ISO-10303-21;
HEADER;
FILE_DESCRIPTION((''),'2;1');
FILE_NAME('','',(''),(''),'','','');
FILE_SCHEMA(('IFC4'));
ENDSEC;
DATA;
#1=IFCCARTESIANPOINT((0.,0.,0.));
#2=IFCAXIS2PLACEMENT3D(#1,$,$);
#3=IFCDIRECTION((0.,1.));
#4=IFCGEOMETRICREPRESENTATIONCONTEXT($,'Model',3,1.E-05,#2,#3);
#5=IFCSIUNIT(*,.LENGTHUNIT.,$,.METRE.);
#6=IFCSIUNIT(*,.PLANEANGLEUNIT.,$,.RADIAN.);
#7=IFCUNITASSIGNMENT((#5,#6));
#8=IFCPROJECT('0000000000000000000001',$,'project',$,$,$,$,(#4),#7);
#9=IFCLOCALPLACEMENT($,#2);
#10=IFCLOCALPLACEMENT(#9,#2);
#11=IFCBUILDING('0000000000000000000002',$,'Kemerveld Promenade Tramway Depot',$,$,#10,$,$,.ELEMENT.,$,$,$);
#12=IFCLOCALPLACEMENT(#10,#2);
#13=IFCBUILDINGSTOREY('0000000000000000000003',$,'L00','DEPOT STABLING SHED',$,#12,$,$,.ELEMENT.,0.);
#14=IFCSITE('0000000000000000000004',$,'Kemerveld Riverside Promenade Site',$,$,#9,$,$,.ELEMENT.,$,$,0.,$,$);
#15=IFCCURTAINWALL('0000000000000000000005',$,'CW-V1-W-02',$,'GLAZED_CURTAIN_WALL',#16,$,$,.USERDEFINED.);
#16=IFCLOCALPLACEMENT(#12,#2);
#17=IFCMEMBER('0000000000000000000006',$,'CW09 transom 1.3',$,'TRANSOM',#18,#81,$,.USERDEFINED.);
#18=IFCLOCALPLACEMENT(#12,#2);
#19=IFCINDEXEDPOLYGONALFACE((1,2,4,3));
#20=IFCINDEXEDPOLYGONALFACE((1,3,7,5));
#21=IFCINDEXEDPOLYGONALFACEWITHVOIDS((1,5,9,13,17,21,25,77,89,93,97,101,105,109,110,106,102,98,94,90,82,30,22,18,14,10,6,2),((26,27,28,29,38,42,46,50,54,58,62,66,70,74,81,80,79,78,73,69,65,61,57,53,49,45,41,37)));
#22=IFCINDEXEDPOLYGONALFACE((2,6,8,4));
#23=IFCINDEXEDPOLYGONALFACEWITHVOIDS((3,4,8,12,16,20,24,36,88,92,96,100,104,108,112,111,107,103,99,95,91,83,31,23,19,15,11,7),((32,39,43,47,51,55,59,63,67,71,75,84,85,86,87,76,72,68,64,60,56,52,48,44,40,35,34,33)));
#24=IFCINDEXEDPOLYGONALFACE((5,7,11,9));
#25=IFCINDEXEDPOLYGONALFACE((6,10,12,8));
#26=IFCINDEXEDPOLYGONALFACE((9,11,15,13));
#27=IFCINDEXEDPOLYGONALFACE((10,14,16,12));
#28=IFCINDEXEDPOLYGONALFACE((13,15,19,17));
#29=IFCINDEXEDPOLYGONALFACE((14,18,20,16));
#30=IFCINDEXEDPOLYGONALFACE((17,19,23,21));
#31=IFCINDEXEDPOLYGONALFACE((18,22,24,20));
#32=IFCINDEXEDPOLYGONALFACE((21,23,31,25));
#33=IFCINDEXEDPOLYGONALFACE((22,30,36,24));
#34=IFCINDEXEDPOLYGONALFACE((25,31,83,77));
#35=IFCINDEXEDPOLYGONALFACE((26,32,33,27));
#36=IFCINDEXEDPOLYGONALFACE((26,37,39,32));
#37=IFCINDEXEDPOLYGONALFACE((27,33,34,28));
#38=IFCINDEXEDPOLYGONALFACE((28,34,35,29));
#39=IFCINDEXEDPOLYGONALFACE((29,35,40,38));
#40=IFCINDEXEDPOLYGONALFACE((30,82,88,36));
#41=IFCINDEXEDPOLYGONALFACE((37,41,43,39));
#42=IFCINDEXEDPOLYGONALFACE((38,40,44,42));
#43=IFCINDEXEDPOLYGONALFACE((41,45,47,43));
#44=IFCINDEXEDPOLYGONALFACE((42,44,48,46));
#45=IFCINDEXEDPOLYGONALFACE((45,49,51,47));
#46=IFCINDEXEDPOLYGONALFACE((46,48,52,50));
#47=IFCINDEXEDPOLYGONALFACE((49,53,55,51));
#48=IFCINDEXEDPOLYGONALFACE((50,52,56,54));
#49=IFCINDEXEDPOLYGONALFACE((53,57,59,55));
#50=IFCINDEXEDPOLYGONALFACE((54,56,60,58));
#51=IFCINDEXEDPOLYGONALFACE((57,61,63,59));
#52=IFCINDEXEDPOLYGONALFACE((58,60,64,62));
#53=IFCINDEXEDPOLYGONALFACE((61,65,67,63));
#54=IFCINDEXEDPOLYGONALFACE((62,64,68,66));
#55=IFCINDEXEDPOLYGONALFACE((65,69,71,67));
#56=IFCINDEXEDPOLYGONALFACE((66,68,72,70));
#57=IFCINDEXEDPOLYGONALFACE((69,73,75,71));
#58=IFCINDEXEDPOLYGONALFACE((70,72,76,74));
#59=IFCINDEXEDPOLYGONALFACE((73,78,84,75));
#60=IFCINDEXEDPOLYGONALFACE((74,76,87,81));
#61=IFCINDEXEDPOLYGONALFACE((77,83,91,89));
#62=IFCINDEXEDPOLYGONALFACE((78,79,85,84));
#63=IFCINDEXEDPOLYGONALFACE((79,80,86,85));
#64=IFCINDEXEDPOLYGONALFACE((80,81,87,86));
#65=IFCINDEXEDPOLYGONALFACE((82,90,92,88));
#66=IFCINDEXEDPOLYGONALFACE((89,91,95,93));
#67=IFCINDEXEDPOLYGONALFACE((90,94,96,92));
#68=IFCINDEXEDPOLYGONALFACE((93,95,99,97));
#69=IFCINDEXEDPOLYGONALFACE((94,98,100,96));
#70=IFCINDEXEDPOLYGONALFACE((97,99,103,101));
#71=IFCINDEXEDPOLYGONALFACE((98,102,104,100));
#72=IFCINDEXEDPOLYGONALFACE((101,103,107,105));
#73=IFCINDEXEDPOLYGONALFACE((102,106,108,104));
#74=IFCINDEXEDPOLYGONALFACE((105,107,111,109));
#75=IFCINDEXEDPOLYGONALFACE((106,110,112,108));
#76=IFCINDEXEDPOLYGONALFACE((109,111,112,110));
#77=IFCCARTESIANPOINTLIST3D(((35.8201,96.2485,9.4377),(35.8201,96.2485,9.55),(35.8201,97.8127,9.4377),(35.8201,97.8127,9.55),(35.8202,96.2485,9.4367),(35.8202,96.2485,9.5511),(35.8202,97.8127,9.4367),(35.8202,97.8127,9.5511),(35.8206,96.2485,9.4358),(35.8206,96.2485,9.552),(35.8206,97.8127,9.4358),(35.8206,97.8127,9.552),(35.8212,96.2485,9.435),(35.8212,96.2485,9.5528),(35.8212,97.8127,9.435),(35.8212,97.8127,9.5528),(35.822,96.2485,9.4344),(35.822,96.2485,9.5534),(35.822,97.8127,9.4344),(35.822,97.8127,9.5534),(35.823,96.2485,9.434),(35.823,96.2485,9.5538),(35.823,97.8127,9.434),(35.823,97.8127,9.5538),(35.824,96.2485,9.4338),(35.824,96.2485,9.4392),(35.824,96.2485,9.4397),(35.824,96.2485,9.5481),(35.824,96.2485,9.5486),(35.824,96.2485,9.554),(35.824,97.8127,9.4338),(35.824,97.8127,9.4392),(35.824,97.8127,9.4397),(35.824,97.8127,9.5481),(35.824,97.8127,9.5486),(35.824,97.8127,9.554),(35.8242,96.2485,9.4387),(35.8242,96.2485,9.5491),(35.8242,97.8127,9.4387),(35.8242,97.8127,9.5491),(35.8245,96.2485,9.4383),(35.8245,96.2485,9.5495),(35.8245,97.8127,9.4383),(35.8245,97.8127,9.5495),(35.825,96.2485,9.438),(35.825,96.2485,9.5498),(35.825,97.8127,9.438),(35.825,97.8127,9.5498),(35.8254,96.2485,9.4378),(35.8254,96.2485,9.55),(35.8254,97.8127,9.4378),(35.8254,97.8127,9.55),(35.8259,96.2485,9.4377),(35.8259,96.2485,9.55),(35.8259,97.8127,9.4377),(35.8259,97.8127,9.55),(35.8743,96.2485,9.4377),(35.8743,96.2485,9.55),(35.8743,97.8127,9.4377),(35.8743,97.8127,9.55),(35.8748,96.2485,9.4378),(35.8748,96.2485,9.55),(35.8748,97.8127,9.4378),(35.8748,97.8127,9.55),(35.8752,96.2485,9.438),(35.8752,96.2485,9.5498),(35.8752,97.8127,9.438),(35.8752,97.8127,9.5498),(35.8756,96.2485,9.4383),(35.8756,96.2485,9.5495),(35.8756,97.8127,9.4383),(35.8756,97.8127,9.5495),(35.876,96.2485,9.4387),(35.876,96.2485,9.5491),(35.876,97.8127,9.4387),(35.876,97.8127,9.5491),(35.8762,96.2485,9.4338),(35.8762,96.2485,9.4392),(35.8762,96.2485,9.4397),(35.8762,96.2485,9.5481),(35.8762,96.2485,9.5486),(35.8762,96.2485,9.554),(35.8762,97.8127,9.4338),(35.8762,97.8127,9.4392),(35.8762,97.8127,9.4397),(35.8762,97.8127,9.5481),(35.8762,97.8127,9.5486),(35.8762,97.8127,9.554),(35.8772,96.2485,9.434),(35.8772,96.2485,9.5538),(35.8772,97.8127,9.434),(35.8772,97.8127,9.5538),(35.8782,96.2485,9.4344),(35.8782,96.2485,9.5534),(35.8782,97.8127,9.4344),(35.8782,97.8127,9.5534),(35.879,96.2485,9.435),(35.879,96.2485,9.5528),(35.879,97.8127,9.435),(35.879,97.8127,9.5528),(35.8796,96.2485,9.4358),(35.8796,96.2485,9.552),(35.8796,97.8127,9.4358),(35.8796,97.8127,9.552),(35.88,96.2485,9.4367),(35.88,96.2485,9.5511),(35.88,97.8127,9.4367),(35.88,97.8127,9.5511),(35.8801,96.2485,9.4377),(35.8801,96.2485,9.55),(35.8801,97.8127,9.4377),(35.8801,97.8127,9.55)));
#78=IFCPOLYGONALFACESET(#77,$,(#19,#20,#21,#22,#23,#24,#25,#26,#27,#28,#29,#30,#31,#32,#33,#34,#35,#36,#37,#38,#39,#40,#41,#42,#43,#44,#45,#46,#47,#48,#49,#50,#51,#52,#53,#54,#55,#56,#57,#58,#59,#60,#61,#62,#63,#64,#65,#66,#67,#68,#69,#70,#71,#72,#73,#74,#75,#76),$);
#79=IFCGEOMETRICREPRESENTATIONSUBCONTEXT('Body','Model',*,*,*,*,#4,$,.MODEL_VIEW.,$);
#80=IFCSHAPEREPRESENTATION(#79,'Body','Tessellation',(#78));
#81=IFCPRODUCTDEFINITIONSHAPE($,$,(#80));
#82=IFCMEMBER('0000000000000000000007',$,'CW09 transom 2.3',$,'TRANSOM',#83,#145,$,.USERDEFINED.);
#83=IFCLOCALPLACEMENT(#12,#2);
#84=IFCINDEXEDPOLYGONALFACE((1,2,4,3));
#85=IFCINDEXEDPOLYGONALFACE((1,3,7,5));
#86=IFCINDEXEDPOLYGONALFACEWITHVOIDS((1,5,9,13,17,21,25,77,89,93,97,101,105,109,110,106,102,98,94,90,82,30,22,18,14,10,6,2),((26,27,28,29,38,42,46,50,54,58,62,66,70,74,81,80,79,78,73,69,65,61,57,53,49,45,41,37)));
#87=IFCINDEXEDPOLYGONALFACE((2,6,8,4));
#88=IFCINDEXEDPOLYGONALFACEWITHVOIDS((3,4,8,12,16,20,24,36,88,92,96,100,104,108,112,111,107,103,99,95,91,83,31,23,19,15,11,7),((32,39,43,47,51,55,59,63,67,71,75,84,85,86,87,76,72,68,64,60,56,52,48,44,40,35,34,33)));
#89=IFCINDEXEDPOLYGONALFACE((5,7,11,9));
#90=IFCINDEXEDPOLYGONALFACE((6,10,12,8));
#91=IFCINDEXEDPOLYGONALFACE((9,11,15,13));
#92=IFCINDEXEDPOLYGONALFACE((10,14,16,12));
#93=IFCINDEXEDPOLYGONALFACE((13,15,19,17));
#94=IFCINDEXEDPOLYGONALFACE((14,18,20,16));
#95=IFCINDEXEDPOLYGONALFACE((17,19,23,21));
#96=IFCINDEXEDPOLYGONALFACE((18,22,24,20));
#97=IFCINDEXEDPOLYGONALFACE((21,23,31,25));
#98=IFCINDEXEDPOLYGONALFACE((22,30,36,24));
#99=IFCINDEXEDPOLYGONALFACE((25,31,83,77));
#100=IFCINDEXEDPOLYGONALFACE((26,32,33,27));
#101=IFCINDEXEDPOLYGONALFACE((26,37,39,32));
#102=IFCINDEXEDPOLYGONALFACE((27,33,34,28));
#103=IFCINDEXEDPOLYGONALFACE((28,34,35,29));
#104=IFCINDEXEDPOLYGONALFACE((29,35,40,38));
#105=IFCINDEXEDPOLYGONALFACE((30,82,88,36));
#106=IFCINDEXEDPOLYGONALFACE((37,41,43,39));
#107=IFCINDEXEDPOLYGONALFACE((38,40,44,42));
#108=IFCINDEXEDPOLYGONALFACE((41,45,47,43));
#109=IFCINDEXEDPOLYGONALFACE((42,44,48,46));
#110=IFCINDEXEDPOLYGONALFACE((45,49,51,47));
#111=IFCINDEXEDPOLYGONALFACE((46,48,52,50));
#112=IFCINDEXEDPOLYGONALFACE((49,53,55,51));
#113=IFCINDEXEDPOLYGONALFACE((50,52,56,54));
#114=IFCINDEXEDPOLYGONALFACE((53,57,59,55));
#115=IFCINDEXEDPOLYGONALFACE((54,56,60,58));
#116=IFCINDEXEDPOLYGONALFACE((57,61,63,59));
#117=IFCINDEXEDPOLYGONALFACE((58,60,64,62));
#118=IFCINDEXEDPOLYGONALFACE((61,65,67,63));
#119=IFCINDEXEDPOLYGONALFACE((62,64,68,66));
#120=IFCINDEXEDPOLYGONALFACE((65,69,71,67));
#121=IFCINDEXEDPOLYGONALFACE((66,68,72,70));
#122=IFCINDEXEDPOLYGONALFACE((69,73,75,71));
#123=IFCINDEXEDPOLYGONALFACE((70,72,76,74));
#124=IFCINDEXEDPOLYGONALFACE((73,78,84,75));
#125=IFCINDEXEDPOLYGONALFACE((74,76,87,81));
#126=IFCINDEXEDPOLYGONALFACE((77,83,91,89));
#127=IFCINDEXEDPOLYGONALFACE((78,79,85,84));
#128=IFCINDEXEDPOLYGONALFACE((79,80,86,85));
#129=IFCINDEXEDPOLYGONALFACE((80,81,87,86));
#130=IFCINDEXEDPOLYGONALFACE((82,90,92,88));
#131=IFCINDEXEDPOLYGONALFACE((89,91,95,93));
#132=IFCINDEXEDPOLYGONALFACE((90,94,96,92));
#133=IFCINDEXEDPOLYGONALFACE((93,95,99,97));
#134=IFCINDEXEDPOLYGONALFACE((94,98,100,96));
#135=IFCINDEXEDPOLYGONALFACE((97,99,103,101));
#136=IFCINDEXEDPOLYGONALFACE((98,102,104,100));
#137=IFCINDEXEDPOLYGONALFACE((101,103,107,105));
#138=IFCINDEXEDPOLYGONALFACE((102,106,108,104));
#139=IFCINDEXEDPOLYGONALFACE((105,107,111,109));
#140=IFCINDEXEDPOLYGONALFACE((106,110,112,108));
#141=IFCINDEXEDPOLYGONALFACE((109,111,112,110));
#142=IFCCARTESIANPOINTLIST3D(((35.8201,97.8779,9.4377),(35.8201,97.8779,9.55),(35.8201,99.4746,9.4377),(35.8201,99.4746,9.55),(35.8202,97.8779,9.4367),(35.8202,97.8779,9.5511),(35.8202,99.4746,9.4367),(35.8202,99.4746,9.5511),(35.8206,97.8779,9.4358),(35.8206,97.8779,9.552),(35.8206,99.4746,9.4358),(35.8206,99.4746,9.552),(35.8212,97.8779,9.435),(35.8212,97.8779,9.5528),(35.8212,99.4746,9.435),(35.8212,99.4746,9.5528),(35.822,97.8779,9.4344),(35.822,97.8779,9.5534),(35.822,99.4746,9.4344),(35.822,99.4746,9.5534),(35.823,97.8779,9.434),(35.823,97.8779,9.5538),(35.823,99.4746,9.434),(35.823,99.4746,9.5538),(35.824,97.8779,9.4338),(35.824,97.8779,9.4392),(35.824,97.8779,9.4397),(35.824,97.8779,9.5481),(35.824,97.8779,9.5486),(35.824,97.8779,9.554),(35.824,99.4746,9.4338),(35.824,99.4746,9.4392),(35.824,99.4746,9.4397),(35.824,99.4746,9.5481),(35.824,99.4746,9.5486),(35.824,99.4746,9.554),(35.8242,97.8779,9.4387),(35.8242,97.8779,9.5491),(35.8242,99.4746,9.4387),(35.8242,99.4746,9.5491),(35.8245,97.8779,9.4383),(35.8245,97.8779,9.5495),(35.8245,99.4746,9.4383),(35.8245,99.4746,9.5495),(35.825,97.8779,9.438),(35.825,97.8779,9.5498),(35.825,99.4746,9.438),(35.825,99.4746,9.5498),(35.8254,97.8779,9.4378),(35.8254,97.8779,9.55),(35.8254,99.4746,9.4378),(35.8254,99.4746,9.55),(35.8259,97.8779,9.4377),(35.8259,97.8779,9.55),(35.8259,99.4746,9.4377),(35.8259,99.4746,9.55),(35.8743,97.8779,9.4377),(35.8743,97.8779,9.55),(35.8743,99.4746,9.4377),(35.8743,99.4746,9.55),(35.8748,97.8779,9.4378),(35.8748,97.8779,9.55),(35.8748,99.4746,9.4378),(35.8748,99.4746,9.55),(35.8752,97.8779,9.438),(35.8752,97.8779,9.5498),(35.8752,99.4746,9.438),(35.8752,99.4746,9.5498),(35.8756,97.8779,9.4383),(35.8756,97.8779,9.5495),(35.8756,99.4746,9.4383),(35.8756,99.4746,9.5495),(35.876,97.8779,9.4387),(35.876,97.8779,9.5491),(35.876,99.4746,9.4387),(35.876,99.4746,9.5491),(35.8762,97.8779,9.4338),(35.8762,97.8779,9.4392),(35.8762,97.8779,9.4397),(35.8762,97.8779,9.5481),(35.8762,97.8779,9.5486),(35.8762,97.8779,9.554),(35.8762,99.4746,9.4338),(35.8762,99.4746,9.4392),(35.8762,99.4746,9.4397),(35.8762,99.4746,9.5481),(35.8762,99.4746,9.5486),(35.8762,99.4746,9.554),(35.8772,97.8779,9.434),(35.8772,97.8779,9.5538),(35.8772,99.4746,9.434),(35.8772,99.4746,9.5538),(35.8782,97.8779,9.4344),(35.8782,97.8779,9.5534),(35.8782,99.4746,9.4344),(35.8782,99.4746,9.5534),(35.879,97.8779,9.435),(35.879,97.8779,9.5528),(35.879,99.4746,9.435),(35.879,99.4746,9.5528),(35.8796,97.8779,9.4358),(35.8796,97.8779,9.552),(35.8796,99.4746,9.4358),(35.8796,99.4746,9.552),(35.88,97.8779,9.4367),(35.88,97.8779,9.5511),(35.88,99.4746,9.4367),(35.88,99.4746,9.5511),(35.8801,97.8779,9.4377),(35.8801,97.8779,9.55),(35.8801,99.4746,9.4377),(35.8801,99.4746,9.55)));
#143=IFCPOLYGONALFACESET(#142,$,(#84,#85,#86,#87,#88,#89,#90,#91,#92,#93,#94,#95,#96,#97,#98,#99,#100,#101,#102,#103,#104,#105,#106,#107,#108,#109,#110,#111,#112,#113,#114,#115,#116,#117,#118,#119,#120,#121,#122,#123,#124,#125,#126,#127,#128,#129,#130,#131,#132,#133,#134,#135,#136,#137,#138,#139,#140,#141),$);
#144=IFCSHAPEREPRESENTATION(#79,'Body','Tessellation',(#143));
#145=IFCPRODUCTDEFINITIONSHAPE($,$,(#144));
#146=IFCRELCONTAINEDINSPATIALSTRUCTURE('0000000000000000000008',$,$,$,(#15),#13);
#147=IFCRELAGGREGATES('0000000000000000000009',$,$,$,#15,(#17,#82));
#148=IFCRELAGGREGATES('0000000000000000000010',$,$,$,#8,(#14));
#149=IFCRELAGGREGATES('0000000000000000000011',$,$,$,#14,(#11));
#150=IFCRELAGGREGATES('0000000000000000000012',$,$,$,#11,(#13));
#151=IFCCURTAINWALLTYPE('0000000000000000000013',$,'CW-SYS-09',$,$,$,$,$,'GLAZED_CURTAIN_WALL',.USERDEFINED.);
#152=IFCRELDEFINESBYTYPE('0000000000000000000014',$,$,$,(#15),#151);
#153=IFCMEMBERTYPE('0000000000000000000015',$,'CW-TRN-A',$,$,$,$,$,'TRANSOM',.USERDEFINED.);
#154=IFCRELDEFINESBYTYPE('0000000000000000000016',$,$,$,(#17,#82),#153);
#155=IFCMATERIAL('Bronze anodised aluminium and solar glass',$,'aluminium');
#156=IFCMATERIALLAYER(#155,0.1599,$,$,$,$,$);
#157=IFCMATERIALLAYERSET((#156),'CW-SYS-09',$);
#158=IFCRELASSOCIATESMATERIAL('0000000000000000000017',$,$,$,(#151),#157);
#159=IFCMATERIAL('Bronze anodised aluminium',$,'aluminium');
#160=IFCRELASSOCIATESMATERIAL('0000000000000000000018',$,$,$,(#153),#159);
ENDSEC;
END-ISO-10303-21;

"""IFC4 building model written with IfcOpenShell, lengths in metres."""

from ifc_helpers import new_model, si_unit, direction, frame, origin, origin_2d, place, context, subcontext, project, spatial, hollow_rectangle, extrude, material, layer, layer_set, material_profile, profile_set, type_object, element, aggregate, save


model = new_model("IFC4")

# Units and contexts
model_context = context("Model", 3, precision=1e-05, world=origin(), true_north=direction((0.0, 1.0)))
body_context = subcontext(model_context, "Body", "Model", "MODEL_VIEW")
ifc_project = project(units=[si_unit("LENGTHUNIT", "METRE"), si_unit("PLANEANGLEUNIT", "RADIAN")], contexts=[model_context])

# Site, building, storey
site_placement = place(None, origin())
site = spatial("IfcSite", under=ifc_project, at=site_placement, Name="Kemerveld Riverside Promenade Site", CompositionType="ELEMENT", RefElevation=0.0)
building_placement = place(site_placement, origin())
building = spatial("IfcBuilding", under=site, at=building_placement, Name="Kemerveld Promenade Tramway Depot", CompositionType="ELEMENT")
storey_placement = place(building_placement, origin())
storey = spatial("IfcBuildingStorey", under=building, at=storey_placement, Name="L00", Description="DEPOT STABLING SHED", CompositionType="ELEMENT", Elevation=0.0)

# Curtain wall, members
ifc_material_1 = material(Name="Bronze anodised aluminium and solar glass", Category="aluminium")
ifc_layer_1 = layer(ifc_material_1, 0.1599)
ifc_layer_set_1 = layer_set([ifc_layer_1], Name="CW-SYS-09")
curtain_wall_type_1 = type_object("IfcCurtainWallType", Name="CW-SYS-09", ElementType="GLAZED_CURTAIN_WALL", PredefinedType="USERDEFINED", material=ifc_layer_set_1)
curtain_wall_1_placement = place(storey_placement, origin())
curtain_wall_1 = element("IfcCurtainWall", 1, at=curtain_wall_1_placement, inside=storey, type_object=curtain_wall_type_1, Name="CW-V1-W-02", ObjectType="GLAZED_CURTAIN_WALL", PredefinedType="USERDEFINED")
ifc_material_2 = material(Name="Bronze anodised aluminium", Category="aluminium")
ifc_material_profile_1 = material_profile(ifc_material_2, hollow_rectangle(XDim=0.0601, YDim=0.1201, WallThickness=0.0039, InnerFilletRadius=0.002, OuterFilletRadius=0.0039, at=origin_2d()), Name="CW-TRN-120x60")
ifc_profile_set_1 = profile_set([ifc_material_profile_1], Name="Bronze anodised aluminium")
member_type_1 = type_object("IfcMemberType", Name="CW-TRN-A", ElementType="TRANSOM", PredefinedType="USERDEFINED", material=ifc_profile_set_1)
member_1_placement = place(storey_placement, frame((35.8501, 96.2485, 9.4939), z_axis=(0.0, 1.0, 0.0), x_axis=(-1.0, 0.0, 0.0)))
member_1 = element("IfcMember", 2, at=member_1_placement, type_object=member_type_1, Name="CW09 transom 1.3", ObjectType="TRANSOM", PredefinedType="USERDEFINED", context=body_context, shape_type="SweptSolid", body=[
    extrude(hollow_rectangle(XDim=0.0601, YDim=0.1201, WallThickness=0.0039, InnerFilletRadius=0.002, OuterFilletRadius=0.0039, at=origin_2d()), origin(), (0.0, 0.0, 1.0), 1.5642),
])
member_2_placement = place(storey_placement, frame((35.8501, 97.8779, 9.4939), z_axis=(0.0, 1.0, 0.0), x_axis=(-1.0, 0.0, 0.0)))
member_2 = element("IfcMember", 3, at=member_2_placement, type_object=member_type_1, Name="CW09 transom 2.3", ObjectType="TRANSOM", PredefinedType="USERDEFINED", context=body_context, shape_type="SweptSolid", body=[
    extrude(hollow_rectangle(XDim=0.0601, YDim=0.1201, WallThickness=0.0039, InnerFilletRadius=0.002, OuterFilletRadius=0.0039, at=origin_2d()), origin(), (0.0, 0.0, 1.0), 1.5967),
])

aggregate(curtain_wall_1, [member_1, member_2])

save(model, "model.ifc")
